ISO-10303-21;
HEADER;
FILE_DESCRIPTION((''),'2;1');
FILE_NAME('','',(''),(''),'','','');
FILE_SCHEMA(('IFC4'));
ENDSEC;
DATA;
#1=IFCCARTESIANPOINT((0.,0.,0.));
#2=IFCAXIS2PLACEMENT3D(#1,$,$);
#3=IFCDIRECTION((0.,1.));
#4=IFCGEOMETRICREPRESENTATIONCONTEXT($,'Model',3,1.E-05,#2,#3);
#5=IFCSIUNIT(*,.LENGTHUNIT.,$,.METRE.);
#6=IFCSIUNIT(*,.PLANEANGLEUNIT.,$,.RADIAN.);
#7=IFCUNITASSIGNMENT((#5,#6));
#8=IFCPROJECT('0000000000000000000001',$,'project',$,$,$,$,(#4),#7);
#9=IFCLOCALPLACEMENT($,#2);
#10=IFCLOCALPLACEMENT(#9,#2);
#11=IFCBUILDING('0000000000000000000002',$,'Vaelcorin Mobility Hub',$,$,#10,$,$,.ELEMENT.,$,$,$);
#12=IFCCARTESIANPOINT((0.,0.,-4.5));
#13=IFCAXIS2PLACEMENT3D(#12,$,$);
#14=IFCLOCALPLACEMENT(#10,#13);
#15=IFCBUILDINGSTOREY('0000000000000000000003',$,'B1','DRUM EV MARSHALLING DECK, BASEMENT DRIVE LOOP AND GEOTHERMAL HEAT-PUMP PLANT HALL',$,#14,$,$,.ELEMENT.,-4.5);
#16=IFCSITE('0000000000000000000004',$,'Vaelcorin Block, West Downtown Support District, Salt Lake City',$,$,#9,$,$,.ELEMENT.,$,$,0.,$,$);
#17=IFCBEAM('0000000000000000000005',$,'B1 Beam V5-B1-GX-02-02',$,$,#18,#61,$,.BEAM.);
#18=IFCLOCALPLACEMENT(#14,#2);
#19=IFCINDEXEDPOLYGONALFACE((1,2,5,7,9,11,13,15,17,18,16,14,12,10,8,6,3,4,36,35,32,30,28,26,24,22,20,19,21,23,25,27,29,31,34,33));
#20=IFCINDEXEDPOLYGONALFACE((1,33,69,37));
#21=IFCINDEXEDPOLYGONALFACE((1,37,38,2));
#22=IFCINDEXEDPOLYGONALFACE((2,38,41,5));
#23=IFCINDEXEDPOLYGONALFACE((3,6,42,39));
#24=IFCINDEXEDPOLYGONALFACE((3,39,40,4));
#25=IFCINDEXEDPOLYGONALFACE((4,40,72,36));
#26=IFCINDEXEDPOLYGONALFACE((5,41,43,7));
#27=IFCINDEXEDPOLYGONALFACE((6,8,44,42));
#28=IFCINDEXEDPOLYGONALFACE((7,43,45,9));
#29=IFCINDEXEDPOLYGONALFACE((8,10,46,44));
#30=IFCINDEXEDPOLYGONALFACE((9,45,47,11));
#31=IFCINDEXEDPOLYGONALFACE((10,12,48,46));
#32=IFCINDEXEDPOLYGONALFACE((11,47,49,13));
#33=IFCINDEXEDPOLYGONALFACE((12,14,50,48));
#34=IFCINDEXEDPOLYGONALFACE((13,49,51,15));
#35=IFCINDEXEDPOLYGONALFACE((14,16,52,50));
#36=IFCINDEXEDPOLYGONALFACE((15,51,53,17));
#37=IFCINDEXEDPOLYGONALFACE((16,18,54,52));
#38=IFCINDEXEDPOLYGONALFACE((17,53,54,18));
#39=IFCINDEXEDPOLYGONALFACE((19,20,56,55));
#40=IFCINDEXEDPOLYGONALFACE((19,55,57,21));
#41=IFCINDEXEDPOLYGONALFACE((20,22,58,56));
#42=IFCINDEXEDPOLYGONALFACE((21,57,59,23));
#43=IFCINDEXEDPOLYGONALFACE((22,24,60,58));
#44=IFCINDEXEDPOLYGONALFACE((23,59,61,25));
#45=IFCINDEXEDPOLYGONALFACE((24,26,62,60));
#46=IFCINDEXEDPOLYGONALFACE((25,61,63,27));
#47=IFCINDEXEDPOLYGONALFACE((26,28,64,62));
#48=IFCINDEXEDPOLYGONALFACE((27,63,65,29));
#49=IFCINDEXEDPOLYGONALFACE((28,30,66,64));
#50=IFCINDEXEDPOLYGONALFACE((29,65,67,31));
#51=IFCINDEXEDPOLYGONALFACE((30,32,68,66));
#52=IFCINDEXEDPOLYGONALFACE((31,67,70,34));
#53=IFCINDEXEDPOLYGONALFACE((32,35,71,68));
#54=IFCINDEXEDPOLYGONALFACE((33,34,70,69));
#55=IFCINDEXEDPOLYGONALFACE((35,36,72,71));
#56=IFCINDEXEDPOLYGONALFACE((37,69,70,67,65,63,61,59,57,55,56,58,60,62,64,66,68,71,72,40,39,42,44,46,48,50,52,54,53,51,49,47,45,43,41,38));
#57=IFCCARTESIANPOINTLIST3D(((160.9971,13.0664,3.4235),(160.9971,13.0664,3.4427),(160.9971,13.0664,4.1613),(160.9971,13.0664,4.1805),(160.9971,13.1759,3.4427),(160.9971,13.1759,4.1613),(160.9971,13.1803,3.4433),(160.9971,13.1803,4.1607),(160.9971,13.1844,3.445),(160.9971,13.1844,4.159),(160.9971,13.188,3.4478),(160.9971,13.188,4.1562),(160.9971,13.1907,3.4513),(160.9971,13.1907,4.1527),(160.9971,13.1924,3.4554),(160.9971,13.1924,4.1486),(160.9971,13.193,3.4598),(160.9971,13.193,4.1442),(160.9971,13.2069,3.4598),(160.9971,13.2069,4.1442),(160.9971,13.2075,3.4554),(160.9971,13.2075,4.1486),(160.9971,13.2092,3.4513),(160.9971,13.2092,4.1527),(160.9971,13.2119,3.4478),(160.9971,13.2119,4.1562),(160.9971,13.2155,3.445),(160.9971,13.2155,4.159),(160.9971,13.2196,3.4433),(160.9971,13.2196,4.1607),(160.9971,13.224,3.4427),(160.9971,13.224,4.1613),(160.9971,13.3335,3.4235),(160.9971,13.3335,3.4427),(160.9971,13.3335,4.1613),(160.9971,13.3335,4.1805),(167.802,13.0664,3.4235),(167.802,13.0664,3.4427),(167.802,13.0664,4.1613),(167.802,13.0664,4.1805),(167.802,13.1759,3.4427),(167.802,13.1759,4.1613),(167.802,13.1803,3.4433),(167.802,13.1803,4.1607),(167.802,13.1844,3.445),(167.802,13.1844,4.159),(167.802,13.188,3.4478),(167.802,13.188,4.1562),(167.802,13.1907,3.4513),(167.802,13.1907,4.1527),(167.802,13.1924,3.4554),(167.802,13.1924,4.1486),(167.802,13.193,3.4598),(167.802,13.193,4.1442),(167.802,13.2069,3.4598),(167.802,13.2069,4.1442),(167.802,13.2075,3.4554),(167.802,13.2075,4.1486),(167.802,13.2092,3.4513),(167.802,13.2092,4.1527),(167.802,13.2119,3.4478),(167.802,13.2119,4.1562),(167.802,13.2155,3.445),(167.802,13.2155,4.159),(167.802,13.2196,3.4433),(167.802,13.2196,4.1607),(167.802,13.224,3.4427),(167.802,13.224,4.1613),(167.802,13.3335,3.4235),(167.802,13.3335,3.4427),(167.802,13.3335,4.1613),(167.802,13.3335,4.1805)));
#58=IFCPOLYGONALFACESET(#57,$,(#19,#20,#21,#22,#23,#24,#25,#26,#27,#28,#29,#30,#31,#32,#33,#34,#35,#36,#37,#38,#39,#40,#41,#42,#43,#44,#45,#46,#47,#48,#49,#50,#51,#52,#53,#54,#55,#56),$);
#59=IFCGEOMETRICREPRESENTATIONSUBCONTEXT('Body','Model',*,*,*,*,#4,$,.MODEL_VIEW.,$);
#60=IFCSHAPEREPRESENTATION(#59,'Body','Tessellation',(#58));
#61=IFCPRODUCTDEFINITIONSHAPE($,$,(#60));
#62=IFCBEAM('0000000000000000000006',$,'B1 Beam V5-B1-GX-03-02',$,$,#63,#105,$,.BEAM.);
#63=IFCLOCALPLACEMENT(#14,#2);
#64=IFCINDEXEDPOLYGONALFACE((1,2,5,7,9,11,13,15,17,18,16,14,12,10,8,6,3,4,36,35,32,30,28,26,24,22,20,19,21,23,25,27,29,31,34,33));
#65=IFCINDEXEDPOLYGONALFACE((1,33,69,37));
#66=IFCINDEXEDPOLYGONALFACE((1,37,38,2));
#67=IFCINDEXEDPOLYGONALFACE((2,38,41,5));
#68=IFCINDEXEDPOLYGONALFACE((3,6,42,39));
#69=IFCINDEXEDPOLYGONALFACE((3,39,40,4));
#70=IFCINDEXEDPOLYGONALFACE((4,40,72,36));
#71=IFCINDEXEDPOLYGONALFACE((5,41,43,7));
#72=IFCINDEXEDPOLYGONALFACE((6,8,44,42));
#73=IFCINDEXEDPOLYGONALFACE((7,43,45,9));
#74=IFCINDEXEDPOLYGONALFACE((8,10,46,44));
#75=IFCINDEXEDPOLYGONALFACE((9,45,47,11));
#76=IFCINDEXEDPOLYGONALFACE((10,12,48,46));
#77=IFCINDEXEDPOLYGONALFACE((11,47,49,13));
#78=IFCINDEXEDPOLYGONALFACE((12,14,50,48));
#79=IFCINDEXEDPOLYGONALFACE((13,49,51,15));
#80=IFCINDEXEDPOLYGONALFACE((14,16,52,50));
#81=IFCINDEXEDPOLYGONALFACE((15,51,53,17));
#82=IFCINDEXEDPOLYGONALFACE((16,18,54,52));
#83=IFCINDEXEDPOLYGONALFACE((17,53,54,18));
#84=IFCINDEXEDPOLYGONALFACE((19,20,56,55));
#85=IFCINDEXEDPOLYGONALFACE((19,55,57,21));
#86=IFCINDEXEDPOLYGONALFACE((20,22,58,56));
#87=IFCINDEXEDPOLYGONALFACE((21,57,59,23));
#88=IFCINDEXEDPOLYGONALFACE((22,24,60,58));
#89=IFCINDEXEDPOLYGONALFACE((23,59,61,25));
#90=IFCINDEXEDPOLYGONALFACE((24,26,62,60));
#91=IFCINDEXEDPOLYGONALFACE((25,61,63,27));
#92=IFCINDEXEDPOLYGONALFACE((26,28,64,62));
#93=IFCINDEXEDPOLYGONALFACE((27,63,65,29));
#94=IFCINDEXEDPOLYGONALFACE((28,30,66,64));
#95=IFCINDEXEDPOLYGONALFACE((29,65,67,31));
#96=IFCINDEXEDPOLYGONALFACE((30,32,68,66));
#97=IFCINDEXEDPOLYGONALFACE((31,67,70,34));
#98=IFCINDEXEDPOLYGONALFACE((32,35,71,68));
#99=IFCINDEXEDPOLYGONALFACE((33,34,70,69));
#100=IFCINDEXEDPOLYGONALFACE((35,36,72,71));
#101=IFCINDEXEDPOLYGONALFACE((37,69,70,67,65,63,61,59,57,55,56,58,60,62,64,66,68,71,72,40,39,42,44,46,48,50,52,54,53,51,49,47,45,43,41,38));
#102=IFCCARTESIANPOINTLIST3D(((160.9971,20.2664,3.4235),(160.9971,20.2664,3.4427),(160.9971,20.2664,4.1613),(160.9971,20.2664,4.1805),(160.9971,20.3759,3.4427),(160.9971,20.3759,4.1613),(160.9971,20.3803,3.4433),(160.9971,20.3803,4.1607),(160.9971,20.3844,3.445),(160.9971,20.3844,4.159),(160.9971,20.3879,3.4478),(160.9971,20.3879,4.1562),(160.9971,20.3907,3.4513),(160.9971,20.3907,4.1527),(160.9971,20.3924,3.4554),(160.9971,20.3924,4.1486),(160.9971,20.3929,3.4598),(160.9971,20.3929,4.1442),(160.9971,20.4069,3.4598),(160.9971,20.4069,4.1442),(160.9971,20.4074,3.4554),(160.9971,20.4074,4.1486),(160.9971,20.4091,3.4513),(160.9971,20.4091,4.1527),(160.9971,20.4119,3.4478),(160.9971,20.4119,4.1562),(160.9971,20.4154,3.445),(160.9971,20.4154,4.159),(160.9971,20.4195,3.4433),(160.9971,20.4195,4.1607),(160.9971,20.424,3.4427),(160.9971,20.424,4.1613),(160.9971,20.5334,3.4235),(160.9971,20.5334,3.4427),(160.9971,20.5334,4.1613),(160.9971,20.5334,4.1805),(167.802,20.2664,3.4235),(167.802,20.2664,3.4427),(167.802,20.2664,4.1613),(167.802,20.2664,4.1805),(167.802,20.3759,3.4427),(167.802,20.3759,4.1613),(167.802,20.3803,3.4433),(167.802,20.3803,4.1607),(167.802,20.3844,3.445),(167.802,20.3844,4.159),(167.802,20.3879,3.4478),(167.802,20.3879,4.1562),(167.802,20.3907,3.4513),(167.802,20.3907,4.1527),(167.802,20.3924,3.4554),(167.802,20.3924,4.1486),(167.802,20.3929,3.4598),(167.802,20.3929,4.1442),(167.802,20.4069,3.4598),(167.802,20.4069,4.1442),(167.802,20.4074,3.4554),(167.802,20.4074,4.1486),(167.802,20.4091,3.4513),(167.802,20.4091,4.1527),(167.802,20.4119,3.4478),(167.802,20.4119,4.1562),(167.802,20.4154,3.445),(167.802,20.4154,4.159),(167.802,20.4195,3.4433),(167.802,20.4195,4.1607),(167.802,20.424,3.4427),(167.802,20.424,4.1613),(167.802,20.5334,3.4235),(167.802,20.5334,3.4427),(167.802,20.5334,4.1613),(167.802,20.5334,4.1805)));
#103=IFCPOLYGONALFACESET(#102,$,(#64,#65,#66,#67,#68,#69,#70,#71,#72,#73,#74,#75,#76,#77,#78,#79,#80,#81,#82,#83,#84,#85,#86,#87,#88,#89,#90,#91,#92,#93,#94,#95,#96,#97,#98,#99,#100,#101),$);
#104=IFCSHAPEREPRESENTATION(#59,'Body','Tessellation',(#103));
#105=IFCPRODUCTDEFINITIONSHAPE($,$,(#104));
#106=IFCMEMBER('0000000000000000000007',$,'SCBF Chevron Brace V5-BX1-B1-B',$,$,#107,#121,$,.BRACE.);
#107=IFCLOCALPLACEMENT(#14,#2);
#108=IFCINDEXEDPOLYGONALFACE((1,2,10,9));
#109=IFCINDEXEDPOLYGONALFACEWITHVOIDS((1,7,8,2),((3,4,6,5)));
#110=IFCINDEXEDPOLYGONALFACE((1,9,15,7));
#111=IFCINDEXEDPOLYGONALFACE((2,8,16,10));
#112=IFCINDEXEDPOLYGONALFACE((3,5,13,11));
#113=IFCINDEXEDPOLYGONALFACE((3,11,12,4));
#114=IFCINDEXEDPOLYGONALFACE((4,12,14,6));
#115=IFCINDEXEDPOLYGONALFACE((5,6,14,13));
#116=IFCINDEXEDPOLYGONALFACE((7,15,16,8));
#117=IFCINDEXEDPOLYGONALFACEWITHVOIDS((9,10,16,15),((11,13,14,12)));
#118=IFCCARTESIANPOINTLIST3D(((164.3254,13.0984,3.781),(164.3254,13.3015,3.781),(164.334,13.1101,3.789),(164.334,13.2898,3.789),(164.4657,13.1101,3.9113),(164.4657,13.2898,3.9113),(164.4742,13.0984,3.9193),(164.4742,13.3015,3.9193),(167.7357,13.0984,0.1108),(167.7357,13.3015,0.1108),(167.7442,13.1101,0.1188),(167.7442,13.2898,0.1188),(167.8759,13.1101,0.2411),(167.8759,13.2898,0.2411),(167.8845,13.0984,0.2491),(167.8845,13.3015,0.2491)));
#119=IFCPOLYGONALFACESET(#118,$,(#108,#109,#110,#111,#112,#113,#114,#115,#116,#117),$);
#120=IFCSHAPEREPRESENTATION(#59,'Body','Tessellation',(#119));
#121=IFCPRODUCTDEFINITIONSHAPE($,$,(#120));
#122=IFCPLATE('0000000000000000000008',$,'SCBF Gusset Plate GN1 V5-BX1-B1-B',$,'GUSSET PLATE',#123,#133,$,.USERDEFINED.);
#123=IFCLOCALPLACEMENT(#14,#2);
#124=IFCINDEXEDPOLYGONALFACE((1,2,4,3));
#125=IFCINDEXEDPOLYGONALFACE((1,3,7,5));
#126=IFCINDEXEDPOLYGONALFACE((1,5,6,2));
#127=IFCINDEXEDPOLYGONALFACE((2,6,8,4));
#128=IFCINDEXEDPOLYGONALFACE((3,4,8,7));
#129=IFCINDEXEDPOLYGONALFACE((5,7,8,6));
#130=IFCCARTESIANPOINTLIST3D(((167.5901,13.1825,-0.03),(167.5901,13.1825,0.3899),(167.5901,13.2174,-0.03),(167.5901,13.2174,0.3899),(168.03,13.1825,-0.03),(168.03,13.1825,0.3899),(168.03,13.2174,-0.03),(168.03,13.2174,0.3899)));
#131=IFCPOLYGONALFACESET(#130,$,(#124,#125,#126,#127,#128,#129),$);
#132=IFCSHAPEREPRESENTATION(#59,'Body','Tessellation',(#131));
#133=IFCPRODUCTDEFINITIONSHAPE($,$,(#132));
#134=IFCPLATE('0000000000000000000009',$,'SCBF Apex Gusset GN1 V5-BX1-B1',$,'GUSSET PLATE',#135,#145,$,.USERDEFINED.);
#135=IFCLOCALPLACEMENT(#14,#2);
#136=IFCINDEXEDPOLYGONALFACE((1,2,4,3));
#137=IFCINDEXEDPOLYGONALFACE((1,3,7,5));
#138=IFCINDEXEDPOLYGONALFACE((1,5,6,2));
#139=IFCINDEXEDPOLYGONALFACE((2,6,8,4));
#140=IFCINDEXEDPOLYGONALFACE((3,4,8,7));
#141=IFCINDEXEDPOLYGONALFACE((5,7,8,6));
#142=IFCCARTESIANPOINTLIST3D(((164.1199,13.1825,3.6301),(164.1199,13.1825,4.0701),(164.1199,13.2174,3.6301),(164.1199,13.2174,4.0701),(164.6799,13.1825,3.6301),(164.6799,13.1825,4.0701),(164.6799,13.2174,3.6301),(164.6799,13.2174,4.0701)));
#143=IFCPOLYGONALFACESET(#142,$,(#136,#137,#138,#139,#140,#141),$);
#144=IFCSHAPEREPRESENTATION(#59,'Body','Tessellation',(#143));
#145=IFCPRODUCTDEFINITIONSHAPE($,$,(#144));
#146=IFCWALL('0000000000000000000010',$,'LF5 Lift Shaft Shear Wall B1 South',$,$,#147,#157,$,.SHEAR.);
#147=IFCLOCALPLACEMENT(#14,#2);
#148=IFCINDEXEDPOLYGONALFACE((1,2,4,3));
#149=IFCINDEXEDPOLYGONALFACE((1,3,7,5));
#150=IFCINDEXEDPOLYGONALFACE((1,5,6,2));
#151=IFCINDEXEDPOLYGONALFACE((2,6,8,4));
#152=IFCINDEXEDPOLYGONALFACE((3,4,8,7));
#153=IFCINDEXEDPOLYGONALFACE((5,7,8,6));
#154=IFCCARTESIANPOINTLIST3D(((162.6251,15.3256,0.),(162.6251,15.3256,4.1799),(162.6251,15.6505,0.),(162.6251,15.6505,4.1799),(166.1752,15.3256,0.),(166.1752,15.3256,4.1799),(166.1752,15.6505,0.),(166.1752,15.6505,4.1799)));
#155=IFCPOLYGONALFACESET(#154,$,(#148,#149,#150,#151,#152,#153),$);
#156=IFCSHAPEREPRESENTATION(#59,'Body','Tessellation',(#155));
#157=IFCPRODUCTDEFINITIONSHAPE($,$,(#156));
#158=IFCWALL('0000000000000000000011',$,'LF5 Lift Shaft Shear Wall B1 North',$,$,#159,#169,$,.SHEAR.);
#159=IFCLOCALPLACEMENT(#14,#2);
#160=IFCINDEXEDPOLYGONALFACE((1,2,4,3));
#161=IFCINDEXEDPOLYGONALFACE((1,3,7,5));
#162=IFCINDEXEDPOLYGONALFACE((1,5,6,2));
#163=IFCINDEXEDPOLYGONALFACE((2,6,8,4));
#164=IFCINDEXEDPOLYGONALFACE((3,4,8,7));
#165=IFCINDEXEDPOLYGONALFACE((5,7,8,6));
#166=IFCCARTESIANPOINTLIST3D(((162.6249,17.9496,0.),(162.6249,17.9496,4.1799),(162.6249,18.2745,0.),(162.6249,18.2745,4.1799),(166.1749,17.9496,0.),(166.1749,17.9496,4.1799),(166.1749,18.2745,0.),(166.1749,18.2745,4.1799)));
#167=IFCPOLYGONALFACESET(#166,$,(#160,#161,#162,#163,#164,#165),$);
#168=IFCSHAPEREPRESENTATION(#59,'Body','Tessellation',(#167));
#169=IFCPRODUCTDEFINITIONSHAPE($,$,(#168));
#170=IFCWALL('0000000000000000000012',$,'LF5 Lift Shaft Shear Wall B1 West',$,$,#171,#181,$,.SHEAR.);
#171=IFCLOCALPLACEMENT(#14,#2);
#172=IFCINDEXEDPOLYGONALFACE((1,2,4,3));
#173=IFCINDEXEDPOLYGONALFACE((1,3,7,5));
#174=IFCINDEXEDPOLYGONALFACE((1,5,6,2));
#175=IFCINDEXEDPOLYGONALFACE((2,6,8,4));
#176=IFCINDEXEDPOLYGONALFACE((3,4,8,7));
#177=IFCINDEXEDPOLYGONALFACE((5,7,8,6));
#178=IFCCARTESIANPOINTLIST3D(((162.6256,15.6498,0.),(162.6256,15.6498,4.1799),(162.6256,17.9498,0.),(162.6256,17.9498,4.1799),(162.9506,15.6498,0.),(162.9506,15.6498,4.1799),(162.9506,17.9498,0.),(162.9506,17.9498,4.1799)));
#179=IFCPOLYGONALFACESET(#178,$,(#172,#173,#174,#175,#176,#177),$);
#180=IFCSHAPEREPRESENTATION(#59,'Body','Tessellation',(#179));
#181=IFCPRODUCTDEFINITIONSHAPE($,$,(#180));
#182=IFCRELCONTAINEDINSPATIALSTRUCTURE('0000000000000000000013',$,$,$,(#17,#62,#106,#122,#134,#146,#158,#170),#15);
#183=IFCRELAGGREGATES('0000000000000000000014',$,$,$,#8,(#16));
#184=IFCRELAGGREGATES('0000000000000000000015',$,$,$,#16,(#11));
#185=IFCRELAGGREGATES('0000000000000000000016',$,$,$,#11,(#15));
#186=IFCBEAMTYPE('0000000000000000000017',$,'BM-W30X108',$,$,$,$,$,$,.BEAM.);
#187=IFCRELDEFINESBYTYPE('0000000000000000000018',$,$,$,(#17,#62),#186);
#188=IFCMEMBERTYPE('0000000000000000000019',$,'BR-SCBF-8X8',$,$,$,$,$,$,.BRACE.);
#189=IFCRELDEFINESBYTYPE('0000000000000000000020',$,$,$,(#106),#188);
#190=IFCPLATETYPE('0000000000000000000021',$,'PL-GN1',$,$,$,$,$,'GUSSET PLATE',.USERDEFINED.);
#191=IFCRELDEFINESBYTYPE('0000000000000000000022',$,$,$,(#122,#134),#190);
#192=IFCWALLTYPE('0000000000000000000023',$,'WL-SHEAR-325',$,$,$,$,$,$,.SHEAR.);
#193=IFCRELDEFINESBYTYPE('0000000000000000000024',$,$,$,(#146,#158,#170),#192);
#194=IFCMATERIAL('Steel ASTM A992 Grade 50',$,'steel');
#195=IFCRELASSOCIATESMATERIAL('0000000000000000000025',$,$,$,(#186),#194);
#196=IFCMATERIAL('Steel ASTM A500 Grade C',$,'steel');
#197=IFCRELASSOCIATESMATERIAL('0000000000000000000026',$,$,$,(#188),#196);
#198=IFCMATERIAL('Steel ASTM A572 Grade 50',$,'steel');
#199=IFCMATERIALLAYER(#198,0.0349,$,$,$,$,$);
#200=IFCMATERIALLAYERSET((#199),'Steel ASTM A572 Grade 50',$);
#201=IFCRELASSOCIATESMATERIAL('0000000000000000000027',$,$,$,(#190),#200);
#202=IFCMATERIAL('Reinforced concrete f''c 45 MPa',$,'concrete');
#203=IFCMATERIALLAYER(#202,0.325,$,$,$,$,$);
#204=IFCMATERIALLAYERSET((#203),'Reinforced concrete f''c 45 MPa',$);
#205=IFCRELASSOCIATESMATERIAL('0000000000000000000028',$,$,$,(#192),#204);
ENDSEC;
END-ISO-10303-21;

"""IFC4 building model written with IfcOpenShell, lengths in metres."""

from ifc_helpers import new_model, si_unit, direction, frame, frame_2d, origin, origin_2d, place, context, subcontext, project, spatial, rectangle, hollow_rectangle, i_section, extrude, material, layer, layer_set, material_profile, profile_set, type_object, element, save


model = new_model("IFC4")

# Units and contexts
model_context = context("Model", 3, precision=1e-05, world=origin(), true_north=direction((0.0, 1.0)))
body_context = subcontext(model_context, "Body", "Model", "MODEL_VIEW")
ifc_project = project(units=[si_unit("LENGTHUNIT", "METRE"), si_unit("PLANEANGLEUNIT", "RADIAN")], contexts=[model_context])

# Site, building, storey
site_placement = place(None, origin())
site = spatial("IfcSite", under=ifc_project, at=site_placement, Name="Vaelcorin Block, West Downtown Support District, Salt Lake City", CompositionType="ELEMENT", RefElevation=0.0)
building_placement = place(site_placement, origin())
building = spatial("IfcBuilding", under=site, at=building_placement, Name="Vaelcorin Mobility Hub", CompositionType="ELEMENT")
storey_placement = place(building_placement, frame((0.0, 0.0, -4.5)))
storey = spatial("IfcBuildingStorey", under=building, at=storey_placement, Name="B1", Description="DRUM EV MARSHALLING DECK, BASEMENT DRIVE LOOP AND GEOTHERMAL HEAT-PUMP PLANT HALL", CompositionType="ELEMENT", Elevation=-4.5)

# Shared definitions
ifc_material_1 = material(Name="Steel ASTM A992 Grade 50", Category="steel")

# Beams
ifc_material_profile_1 = material_profile(ifc_material_1, i_section(OverallWidth=0.2671, OverallDepth=0.7571, WebThickness=0.0139, FlangeThickness=0.0193, FilletRadius=0.0171, at=origin_2d()), Name="W30X108")
ifc_profile_set_1 = profile_set([ifc_material_profile_1], Name="Steel ASTM A992 Grade 50")
beam_type_1 = type_object("IfcBeamType", Name="BM-W30X108", PredefinedType="BEAM", material=ifc_profile_set_1)
for number, where, z_axis, x_axis, name in (
    (1, (160.9971, 13.2, 3.802), (1.0, 0.0, 0.0), (0.0, 1.0, 0.0), "B1 Beam V5-B1-GX-02-02"),
    (2, (160.9971, 20.3999, 3.802), (1.0, 0.0, 0.0), (0.0, 1.0, 0.0), "B1 Beam V5-B1-GX-03-02"),
):
    element("IfcBeam", number, at=place(storey_placement, frame(where, z_axis=z_axis, x_axis=x_axis)), inside=storey, type_object=beam_type_1, Name=name, PredefinedType="BEAM", context=body_context, shape_type="SweptSolid", body=[
        extrude(i_section(OverallWidth=0.2671, OverallDepth=0.7571, WebThickness=0.0139, FlangeThickness=0.0193, FilletRadius=0.0171, at=origin_2d()), origin(), (0.0, 0.0, 1.0), 6.8049),
    ])

# Member
ifc_material_2 = material(Name="Steel ASTM A500 Grade C", Category="steel")
ifc_material_profile_2 = material_profile(ifc_material_2, hollow_rectangle(XDim=0.2031, YDim=0.2031, WallThickness=0.0117, at=origin_2d()), Name="HSS8X8X0.500")
ifc_profile_set_2 = profile_set([ifc_material_profile_2], Name="Steel ASTM A500 Grade C")
member_type = type_object("IfcMemberType", Name="BR-SCBF-8X8", PredefinedType="BRACE", material=ifc_profile_set_2)
member_placement = place(storey_placement, frame((167.8101, 13.2, 0.1799), z_axis=(-0.680681, 0.0, 0.73258), x_axis=(0.0, -1.0, 0.0)))
element("IfcMember", 3, at=member_placement, inside=storey, type_object=member_type, Name="SCBF Chevron Brace V5-BX1-B1-B", PredefinedType="BRACE", context=body_context, shape_type="SweptSolid", body=[
    extrude(hollow_rectangle(XDim=0.2031, YDim=0.2031, WallThickness=0.0117, at=origin_2d()), origin(), (0.0, 0.0, 1.0), 5.01),
])

# Plates
ifc_material_3 = material(Name="Steel ASTM A572 Grade 50", Category="steel")
ifc_layer_1 = layer(ifc_material_3, 0.0349)
ifc_layer_set_1 = layer_set([ifc_layer_1], Name="Steel ASTM A572 Grade 50")
plate_type = type_object("IfcPlateType", Name="PL-GN1", ElementType="GUSSET PLATE", PredefinedType="USERDEFINED", material=ifc_layer_set_1)
plate_1_placement = place(storey_placement, frame((167.8101, 13.2, -0.03), z_axis=(0.0, 0.0, 1.0), x_axis=(1.0, 0.0, 0.0)))
element("IfcPlate", 4, at=plate_1_placement, inside=storey, type_object=plate_type, Name="SCBF Gusset Plate GN1 V5-BX1-B1-B", ObjectType="GUSSET PLATE", PredefinedType="USERDEFINED", context=body_context, shape_type="SweptSolid", body=[
    extrude(rectangle(XDim=0.4399, YDim=0.0349, at=origin_2d()), origin(), (0.0, 0.0, 1.0), 0.4199),
])
plate_2_placement = place(storey_placement, frame((164.3999, 13.2, 3.6301), z_axis=(0.0, 0.0, 1.0), x_axis=(1.0, 0.0, 0.0)))
element("IfcPlate", 5, at=plate_2_placement, inside=storey, type_object=plate_type, Name="SCBF Apex Gusset GN1 V5-BX1-B1", ObjectType="GUSSET PLATE", PredefinedType="USERDEFINED", context=body_context, shape_type="SweptSolid", body=[
    extrude(rectangle(XDim=0.5601, YDim=0.0349, at=origin_2d()), origin(), (0.0, 0.0, 1.0), 0.4399),
])

# Walls
ifc_material_4 = material(Name="Reinforced concrete f'c 45 MPa", Category="concrete")
ifc_layer_2 = layer(ifc_material_4, 0.325)
ifc_layer_set_2 = layer_set([ifc_layer_2], Name="Reinforced concrete f'c 45 MPa")
wall_type = type_object("IfcWallType", Name="WL-SHEAR-325", PredefinedType="SHEAR", material=ifc_layer_set_2)
for number, where, z_axis, x_axis, name in (
    (6, (166.175, 15.488, 0.0), (0.0, 0.0, 1.0), (-1.0, 0.0, 0.0), "LF5 Lift Shaft Shear Wall B1 South"),
    (7, (162.625, 18.1121, 0.0), (0.0, 0.0, 1.0), (1.0, 0.0, 0.0), "LF5 Lift Shaft Shear Wall B1 North"),
):
    element("IfcWall", number, at=place(storey_placement, frame(where, z_axis=z_axis, x_axis=x_axis)), inside=storey, type_object=wall_type, Name=name, PredefinedType="SHEAR", context=body_context, shape_type="SweptSolid", body=[
        extrude(rectangle(XDim=3.55, YDim=0.325, at=frame_2d((1.7749, 0.0))), origin(), (0.0, 0.0, 1.0), 4.1799),
    ])
wall_1_placement = place(storey_placement, frame((162.7881, 15.6499, 0.0), z_axis=(0.0, 0.0, 1.0), x_axis=(0.0, 1.0, 0.0)))
element("IfcWall", 8, at=wall_1_placement, inside=storey, type_object=wall_type, Name="LF5 Lift Shaft Shear Wall B1 West", PredefinedType="SHEAR", context=body_context, shape_type="SweptSolid", body=[
    extrude(rectangle(XDim=2.3, YDim=0.325, at=frame_2d((1.1499, 0.0))), origin(), (0.0, 0.0, 1.0), 4.1799),
])

save(model, "model.ifc")
